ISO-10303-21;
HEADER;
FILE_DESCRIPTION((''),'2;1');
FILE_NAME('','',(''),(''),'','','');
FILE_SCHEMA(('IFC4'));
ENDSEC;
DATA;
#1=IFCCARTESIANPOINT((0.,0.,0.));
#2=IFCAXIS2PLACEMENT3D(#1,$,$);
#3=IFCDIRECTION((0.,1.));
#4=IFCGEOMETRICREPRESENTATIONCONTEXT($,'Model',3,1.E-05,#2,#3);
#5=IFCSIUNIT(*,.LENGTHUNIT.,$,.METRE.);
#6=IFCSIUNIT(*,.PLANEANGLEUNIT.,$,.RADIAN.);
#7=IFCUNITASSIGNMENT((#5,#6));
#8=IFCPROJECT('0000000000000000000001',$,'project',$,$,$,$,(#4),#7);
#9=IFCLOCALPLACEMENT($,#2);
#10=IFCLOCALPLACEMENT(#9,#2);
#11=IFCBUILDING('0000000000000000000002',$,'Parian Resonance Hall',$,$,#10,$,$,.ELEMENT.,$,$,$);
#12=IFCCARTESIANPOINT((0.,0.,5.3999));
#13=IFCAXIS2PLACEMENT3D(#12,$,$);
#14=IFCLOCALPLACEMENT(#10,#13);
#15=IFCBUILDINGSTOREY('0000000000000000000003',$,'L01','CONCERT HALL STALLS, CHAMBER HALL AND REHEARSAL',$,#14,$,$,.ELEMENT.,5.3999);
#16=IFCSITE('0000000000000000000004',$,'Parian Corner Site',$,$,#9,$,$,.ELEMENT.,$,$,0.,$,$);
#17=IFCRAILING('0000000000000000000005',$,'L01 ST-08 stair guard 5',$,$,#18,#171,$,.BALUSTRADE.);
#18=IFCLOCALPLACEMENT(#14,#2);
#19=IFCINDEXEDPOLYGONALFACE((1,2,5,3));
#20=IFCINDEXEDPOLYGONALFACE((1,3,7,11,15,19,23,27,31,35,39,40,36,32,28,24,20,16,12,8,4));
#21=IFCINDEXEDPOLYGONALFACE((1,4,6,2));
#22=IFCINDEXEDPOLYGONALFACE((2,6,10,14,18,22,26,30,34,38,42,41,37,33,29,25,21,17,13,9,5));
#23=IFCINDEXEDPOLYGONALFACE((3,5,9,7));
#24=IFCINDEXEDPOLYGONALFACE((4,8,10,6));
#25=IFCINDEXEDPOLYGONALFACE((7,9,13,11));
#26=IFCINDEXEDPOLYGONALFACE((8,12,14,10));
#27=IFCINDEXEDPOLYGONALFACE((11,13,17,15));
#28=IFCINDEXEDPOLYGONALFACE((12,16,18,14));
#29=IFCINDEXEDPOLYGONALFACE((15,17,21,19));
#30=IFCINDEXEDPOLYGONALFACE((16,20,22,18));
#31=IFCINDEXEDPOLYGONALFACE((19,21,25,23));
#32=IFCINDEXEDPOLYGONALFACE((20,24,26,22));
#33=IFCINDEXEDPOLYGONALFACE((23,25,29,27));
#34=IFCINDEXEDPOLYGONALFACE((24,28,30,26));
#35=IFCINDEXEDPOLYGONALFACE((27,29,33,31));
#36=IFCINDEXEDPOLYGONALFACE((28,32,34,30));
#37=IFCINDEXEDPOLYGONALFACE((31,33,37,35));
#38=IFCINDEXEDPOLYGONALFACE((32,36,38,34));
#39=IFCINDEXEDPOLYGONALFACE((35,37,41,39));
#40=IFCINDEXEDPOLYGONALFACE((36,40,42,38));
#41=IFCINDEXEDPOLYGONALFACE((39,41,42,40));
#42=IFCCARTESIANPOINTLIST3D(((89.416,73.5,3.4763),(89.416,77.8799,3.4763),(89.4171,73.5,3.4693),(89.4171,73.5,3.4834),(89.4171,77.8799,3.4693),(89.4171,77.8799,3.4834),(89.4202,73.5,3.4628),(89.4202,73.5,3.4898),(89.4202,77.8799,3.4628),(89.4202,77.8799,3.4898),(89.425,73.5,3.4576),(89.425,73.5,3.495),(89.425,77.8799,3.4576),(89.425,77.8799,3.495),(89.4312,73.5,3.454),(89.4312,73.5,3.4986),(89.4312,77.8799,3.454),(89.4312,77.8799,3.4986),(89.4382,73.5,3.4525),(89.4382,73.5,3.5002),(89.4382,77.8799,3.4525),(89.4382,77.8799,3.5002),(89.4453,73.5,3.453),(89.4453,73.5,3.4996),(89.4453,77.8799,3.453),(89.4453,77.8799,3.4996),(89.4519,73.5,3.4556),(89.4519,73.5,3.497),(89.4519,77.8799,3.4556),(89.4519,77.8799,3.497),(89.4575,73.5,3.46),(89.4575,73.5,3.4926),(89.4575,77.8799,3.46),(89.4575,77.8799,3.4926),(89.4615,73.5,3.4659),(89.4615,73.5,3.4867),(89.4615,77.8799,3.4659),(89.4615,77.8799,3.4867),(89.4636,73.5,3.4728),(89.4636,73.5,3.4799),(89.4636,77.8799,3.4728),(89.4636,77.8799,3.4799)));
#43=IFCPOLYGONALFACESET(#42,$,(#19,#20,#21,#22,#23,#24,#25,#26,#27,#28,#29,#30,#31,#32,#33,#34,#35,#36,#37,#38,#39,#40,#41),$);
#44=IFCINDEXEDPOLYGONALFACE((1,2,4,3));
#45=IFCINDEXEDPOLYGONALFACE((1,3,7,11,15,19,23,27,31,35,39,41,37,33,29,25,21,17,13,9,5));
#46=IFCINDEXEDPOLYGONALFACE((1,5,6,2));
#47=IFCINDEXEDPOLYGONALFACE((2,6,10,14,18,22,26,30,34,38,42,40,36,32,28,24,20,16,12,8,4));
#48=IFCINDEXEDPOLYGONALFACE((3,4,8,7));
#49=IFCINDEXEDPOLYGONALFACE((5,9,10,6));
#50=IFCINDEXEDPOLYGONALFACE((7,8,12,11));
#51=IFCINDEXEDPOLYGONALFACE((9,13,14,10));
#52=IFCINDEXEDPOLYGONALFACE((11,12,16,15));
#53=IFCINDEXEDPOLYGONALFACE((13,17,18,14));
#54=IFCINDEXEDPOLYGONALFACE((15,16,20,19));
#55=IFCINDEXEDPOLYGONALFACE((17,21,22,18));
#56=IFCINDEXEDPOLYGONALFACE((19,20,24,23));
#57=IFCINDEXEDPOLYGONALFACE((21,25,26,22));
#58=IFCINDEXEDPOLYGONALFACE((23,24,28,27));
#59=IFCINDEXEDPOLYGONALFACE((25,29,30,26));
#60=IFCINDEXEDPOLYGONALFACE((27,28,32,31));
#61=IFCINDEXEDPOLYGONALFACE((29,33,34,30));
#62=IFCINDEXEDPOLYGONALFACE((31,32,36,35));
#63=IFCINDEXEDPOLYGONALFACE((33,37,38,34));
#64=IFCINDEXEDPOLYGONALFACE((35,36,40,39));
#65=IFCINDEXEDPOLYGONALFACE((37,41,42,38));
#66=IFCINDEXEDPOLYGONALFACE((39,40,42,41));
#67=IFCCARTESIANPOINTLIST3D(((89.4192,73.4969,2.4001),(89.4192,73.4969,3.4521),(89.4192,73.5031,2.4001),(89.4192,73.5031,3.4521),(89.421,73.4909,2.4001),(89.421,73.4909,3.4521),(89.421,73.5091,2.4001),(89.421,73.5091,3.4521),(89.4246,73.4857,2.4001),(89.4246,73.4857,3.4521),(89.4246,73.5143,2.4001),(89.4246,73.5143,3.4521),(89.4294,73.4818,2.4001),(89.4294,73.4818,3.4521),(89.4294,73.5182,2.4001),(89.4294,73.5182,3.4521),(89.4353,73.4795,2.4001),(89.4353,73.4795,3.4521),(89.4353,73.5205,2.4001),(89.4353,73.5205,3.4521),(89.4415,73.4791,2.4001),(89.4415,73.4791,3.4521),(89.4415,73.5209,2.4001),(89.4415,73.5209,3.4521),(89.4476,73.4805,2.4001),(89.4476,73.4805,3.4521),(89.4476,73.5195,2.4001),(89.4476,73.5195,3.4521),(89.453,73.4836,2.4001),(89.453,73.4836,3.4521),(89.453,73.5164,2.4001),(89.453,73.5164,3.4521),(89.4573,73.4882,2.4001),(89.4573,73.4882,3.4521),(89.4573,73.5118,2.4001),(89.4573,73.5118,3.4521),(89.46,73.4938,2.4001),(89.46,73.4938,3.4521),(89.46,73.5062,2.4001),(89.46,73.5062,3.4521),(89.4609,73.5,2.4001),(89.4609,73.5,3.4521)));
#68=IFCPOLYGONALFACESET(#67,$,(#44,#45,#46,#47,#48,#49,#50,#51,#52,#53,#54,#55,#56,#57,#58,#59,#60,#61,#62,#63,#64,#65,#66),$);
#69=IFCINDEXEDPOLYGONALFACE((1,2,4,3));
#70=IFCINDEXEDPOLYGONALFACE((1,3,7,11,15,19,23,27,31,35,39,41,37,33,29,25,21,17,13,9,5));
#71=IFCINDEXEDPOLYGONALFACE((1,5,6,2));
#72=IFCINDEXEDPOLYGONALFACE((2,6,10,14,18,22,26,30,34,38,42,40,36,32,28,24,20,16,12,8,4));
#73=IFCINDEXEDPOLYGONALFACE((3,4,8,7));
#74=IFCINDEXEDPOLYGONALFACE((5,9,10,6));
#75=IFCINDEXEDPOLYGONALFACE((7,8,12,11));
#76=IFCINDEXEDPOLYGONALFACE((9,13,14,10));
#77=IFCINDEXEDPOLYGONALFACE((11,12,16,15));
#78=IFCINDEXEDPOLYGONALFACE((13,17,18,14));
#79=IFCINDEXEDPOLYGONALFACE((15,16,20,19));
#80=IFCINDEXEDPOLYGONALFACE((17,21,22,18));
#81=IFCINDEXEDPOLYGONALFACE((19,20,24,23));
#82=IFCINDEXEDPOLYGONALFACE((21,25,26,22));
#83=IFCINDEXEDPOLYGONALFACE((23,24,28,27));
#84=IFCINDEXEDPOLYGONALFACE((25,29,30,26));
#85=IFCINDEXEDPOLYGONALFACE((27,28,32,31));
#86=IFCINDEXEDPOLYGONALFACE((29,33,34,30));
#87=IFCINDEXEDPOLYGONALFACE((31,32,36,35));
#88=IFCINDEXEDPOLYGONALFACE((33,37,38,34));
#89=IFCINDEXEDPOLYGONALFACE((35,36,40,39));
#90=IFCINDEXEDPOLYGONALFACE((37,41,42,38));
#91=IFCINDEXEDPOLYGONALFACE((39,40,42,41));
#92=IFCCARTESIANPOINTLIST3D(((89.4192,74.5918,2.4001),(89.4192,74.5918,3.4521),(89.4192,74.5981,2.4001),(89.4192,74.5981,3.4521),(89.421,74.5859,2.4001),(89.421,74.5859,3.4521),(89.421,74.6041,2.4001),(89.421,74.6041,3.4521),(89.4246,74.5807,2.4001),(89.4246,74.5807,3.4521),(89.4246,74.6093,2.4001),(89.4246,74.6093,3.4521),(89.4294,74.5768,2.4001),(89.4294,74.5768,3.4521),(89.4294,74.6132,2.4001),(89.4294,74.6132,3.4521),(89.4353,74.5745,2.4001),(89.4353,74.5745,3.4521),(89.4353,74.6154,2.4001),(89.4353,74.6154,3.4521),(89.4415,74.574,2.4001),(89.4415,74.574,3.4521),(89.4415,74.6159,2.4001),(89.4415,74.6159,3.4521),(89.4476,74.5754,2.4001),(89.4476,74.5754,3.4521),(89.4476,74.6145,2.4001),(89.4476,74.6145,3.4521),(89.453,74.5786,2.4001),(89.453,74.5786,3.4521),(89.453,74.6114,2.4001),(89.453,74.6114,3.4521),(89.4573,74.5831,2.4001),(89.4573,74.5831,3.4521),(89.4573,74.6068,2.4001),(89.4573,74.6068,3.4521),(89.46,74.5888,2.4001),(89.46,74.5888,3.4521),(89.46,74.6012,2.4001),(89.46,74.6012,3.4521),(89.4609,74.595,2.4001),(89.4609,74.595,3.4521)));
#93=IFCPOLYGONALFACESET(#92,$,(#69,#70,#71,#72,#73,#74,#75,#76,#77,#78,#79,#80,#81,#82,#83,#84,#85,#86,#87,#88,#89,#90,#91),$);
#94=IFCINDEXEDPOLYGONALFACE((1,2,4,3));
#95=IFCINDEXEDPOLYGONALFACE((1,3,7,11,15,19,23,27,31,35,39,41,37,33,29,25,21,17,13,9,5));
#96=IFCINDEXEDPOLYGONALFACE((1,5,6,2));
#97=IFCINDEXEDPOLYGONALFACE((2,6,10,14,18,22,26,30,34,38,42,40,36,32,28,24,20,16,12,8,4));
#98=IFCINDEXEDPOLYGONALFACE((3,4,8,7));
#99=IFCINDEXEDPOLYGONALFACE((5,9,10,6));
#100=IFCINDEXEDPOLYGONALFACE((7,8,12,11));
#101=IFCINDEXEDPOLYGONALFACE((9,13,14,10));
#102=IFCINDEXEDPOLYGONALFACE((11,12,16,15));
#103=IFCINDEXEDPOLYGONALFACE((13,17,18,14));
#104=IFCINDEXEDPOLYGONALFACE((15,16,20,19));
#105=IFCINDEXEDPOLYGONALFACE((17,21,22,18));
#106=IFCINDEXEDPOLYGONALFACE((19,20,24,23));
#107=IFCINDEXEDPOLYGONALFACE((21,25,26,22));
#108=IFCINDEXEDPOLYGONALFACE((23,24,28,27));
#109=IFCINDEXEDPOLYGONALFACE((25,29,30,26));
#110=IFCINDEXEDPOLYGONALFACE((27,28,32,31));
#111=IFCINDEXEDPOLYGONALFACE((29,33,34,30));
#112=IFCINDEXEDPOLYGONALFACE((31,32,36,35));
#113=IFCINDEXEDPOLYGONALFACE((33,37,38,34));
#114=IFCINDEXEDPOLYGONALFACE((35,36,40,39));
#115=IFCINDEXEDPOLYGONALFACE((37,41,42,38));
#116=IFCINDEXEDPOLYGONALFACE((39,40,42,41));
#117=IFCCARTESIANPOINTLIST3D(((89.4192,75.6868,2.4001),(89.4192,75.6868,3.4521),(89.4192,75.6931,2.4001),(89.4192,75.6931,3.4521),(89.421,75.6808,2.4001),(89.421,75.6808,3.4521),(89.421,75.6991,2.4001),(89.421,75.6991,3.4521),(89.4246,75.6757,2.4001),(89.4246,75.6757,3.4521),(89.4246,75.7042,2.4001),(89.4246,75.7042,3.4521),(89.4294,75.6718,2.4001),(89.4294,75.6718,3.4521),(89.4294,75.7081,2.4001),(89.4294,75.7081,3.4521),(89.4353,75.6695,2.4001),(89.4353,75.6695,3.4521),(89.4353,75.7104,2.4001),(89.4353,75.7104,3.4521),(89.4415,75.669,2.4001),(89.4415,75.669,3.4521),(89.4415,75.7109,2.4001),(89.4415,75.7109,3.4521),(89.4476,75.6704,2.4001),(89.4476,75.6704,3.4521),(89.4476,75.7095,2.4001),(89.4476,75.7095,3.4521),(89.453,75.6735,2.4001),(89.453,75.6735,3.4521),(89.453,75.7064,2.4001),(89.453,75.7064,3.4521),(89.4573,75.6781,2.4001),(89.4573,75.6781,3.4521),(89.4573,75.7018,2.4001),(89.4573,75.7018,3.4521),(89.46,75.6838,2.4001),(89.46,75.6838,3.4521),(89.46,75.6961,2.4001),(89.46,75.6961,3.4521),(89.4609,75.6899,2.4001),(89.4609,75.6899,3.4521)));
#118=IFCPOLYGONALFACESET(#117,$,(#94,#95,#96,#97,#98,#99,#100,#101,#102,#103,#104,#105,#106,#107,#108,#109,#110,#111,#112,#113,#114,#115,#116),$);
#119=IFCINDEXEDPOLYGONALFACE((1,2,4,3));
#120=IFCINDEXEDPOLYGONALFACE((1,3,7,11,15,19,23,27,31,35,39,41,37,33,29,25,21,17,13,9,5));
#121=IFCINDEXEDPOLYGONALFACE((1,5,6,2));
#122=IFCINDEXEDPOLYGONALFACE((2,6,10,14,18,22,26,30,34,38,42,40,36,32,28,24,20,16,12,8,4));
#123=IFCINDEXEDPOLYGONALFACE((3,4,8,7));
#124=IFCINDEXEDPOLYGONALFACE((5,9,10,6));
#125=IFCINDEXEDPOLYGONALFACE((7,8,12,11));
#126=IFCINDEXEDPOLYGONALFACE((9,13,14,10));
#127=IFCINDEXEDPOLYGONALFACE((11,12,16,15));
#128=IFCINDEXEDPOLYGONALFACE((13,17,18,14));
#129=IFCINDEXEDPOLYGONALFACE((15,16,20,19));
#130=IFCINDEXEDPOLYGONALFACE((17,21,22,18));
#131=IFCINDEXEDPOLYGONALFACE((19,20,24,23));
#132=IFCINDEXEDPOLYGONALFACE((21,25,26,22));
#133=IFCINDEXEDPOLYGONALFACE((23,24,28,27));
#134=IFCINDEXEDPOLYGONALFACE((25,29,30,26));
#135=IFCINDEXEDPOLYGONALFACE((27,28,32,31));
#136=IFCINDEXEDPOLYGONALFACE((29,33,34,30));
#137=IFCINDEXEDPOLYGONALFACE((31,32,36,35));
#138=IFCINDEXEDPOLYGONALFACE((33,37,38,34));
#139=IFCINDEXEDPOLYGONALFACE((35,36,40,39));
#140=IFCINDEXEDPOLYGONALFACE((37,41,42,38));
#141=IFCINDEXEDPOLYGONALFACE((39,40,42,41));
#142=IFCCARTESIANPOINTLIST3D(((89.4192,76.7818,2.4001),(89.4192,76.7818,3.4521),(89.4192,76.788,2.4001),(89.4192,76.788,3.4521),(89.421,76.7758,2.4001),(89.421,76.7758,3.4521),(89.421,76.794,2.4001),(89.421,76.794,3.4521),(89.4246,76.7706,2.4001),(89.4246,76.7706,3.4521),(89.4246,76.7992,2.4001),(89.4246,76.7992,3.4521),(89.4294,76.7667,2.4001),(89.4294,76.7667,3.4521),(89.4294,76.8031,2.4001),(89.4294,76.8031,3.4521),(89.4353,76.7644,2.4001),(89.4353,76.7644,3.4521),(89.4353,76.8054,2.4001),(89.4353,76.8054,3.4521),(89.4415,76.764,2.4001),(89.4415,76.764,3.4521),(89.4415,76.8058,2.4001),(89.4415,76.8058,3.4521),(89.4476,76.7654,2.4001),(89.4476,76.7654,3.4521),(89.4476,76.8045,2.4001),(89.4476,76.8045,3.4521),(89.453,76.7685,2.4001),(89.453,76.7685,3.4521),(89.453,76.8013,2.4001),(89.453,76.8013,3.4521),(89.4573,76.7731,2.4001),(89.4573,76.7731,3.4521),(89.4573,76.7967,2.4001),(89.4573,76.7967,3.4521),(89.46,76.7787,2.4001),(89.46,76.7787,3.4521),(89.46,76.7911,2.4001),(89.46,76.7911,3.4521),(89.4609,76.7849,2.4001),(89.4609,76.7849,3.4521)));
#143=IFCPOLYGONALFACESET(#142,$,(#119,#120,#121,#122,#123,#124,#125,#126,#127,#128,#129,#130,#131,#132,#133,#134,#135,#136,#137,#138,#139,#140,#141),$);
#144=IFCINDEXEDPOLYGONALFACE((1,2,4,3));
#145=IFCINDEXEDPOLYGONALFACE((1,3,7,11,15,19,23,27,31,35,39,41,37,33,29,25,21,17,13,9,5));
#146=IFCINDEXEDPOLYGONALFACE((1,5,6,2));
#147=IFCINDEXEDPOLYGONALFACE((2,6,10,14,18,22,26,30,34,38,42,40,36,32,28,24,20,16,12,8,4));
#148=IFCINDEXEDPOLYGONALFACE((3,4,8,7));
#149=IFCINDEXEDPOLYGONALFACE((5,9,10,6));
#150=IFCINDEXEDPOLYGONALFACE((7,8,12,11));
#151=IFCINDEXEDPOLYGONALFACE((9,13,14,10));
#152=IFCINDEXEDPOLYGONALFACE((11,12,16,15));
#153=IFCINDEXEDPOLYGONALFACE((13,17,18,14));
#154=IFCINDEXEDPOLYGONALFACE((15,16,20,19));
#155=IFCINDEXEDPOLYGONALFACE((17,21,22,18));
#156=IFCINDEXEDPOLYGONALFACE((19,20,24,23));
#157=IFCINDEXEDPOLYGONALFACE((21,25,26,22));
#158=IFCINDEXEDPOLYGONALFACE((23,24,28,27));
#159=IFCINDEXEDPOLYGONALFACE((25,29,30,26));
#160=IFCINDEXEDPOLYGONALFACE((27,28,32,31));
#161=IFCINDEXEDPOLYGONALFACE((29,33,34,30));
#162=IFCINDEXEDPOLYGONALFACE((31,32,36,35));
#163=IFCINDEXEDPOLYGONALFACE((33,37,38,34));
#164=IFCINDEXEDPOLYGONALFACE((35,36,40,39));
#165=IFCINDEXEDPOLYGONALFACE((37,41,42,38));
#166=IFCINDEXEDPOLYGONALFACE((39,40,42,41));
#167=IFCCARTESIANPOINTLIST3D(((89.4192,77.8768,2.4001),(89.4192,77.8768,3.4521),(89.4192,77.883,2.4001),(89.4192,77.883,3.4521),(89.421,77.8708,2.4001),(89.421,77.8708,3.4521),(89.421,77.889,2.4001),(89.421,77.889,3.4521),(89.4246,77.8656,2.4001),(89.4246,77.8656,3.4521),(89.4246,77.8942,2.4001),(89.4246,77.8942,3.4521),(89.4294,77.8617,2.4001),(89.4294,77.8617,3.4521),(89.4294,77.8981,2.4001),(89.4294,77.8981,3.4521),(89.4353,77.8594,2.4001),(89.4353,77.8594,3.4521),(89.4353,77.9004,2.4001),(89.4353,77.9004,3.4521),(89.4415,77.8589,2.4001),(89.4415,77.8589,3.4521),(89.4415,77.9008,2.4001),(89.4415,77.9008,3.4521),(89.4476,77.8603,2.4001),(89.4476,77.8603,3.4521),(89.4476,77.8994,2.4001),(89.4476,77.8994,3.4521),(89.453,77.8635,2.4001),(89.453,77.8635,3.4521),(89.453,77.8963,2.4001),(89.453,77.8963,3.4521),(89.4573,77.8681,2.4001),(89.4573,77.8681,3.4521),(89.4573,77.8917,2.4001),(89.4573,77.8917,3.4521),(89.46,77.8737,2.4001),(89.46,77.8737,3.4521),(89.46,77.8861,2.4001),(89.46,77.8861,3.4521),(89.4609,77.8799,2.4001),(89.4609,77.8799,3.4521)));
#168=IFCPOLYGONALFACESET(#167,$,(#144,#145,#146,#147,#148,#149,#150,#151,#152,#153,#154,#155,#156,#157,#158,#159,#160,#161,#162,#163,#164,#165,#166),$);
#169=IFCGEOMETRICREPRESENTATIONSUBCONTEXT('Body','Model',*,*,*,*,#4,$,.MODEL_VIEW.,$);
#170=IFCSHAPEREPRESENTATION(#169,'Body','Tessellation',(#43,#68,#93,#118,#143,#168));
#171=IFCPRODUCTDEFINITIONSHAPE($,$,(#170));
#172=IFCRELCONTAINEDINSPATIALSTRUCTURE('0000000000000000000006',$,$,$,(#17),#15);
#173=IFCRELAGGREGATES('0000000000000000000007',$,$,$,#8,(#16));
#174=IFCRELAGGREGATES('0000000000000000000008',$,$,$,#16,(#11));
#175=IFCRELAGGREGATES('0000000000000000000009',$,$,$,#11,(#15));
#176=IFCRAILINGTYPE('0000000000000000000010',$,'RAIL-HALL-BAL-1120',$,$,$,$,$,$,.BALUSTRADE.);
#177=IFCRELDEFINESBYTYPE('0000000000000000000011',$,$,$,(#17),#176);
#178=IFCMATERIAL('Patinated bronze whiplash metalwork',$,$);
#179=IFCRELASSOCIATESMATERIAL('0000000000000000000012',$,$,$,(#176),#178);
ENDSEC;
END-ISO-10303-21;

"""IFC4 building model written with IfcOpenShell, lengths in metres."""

from ifc_helpers import new_model, si_unit, direction, frame, origin, origin_2d, place, context, subcontext, project, spatial, circle, extrude, material, type_object, element, save


model = new_model("IFC4")

# Units and contexts
model_context = context("Model", 3, precision=1e-05, world=origin(), true_north=direction((0.0, 1.0)))
body_context = subcontext(model_context, "Body", "Model", "MODEL_VIEW")
ifc_project = project(units=[si_unit("LENGTHUNIT", "METRE"), si_unit("PLANEANGLEUNIT", "RADIAN")], contexts=[model_context])

# Site, building, storey
site_placement = place(None, origin())
site = spatial("IfcSite", under=ifc_project, at=site_placement, Name="Parian Corner Site", CompositionType="ELEMENT", RefElevation=0.0)
building_placement = place(site_placement, origin())
building = spatial("IfcBuilding", under=site, at=building_placement, Name="Parian Resonance Hall", CompositionType="ELEMENT")
storey_placement = place(building_placement, frame((0.0, 0.0, 5.3999)))
storey = spatial("IfcBuildingStorey", under=building, at=storey_placement, Name="L01", Description="CONCERT HALL STALLS, CHAMBER HALL AND REHEARSAL", CompositionType="ELEMENT", Elevation=5.3999)

# Railing
ifc_material_1 = material(Name="Patinated bronze whiplash metalwork")
railing_type_1 = type_object("IfcRailingType", Name="RAIL-HALL-BAL-1120", PredefinedType="BALUSTRADE", material=ifc_material_1)
railing_1_placement = place(storey_placement, frame((89.4399, 73.5, 2.4001)))
element("IfcRailing", 1, at=railing_1_placement, inside=storey, type_object=railing_type_1, Name="L01 ST-08 stair guard 5", PredefinedType="BALUSTRADE", context=body_context, shape_type="SweptSolid", body=[
    extrude(circle(Radius=0.0239, at=origin_2d()), frame((0.0, 0.0, 1.0762), z_axis=(0.0, 1.0, 0.0), x_axis=(-1.0, 0.0, 0.0)), (0.0, 0.0, 1.0), 4.3799),
    extrude(circle(Radius=0.021, at=origin_2d()), origin(), (0.0, 0.0, 1.0), 1.052),
    extrude(circle(Radius=0.021, at=origin_2d()), frame((0.0, 1.095, 0.0)), (0.0, 0.0, 1.0), 1.052),
    extrude(circle(Radius=0.021, at=origin_2d()), frame((0.0, 2.1899, 0.0)), (0.0, 0.0, 1.0), 1.052),
    extrude(circle(Radius=0.021, at=origin_2d()), frame((0.0, 3.2849, 0.0)), (0.0, 0.0, 1.0), 1.052),
    extrude(circle(Radius=0.021, at=origin_2d()), frame((0.0, 4.3799, 0.0)), (0.0, 0.0, 1.0), 1.052),
])

save(model, "model.ifc")
